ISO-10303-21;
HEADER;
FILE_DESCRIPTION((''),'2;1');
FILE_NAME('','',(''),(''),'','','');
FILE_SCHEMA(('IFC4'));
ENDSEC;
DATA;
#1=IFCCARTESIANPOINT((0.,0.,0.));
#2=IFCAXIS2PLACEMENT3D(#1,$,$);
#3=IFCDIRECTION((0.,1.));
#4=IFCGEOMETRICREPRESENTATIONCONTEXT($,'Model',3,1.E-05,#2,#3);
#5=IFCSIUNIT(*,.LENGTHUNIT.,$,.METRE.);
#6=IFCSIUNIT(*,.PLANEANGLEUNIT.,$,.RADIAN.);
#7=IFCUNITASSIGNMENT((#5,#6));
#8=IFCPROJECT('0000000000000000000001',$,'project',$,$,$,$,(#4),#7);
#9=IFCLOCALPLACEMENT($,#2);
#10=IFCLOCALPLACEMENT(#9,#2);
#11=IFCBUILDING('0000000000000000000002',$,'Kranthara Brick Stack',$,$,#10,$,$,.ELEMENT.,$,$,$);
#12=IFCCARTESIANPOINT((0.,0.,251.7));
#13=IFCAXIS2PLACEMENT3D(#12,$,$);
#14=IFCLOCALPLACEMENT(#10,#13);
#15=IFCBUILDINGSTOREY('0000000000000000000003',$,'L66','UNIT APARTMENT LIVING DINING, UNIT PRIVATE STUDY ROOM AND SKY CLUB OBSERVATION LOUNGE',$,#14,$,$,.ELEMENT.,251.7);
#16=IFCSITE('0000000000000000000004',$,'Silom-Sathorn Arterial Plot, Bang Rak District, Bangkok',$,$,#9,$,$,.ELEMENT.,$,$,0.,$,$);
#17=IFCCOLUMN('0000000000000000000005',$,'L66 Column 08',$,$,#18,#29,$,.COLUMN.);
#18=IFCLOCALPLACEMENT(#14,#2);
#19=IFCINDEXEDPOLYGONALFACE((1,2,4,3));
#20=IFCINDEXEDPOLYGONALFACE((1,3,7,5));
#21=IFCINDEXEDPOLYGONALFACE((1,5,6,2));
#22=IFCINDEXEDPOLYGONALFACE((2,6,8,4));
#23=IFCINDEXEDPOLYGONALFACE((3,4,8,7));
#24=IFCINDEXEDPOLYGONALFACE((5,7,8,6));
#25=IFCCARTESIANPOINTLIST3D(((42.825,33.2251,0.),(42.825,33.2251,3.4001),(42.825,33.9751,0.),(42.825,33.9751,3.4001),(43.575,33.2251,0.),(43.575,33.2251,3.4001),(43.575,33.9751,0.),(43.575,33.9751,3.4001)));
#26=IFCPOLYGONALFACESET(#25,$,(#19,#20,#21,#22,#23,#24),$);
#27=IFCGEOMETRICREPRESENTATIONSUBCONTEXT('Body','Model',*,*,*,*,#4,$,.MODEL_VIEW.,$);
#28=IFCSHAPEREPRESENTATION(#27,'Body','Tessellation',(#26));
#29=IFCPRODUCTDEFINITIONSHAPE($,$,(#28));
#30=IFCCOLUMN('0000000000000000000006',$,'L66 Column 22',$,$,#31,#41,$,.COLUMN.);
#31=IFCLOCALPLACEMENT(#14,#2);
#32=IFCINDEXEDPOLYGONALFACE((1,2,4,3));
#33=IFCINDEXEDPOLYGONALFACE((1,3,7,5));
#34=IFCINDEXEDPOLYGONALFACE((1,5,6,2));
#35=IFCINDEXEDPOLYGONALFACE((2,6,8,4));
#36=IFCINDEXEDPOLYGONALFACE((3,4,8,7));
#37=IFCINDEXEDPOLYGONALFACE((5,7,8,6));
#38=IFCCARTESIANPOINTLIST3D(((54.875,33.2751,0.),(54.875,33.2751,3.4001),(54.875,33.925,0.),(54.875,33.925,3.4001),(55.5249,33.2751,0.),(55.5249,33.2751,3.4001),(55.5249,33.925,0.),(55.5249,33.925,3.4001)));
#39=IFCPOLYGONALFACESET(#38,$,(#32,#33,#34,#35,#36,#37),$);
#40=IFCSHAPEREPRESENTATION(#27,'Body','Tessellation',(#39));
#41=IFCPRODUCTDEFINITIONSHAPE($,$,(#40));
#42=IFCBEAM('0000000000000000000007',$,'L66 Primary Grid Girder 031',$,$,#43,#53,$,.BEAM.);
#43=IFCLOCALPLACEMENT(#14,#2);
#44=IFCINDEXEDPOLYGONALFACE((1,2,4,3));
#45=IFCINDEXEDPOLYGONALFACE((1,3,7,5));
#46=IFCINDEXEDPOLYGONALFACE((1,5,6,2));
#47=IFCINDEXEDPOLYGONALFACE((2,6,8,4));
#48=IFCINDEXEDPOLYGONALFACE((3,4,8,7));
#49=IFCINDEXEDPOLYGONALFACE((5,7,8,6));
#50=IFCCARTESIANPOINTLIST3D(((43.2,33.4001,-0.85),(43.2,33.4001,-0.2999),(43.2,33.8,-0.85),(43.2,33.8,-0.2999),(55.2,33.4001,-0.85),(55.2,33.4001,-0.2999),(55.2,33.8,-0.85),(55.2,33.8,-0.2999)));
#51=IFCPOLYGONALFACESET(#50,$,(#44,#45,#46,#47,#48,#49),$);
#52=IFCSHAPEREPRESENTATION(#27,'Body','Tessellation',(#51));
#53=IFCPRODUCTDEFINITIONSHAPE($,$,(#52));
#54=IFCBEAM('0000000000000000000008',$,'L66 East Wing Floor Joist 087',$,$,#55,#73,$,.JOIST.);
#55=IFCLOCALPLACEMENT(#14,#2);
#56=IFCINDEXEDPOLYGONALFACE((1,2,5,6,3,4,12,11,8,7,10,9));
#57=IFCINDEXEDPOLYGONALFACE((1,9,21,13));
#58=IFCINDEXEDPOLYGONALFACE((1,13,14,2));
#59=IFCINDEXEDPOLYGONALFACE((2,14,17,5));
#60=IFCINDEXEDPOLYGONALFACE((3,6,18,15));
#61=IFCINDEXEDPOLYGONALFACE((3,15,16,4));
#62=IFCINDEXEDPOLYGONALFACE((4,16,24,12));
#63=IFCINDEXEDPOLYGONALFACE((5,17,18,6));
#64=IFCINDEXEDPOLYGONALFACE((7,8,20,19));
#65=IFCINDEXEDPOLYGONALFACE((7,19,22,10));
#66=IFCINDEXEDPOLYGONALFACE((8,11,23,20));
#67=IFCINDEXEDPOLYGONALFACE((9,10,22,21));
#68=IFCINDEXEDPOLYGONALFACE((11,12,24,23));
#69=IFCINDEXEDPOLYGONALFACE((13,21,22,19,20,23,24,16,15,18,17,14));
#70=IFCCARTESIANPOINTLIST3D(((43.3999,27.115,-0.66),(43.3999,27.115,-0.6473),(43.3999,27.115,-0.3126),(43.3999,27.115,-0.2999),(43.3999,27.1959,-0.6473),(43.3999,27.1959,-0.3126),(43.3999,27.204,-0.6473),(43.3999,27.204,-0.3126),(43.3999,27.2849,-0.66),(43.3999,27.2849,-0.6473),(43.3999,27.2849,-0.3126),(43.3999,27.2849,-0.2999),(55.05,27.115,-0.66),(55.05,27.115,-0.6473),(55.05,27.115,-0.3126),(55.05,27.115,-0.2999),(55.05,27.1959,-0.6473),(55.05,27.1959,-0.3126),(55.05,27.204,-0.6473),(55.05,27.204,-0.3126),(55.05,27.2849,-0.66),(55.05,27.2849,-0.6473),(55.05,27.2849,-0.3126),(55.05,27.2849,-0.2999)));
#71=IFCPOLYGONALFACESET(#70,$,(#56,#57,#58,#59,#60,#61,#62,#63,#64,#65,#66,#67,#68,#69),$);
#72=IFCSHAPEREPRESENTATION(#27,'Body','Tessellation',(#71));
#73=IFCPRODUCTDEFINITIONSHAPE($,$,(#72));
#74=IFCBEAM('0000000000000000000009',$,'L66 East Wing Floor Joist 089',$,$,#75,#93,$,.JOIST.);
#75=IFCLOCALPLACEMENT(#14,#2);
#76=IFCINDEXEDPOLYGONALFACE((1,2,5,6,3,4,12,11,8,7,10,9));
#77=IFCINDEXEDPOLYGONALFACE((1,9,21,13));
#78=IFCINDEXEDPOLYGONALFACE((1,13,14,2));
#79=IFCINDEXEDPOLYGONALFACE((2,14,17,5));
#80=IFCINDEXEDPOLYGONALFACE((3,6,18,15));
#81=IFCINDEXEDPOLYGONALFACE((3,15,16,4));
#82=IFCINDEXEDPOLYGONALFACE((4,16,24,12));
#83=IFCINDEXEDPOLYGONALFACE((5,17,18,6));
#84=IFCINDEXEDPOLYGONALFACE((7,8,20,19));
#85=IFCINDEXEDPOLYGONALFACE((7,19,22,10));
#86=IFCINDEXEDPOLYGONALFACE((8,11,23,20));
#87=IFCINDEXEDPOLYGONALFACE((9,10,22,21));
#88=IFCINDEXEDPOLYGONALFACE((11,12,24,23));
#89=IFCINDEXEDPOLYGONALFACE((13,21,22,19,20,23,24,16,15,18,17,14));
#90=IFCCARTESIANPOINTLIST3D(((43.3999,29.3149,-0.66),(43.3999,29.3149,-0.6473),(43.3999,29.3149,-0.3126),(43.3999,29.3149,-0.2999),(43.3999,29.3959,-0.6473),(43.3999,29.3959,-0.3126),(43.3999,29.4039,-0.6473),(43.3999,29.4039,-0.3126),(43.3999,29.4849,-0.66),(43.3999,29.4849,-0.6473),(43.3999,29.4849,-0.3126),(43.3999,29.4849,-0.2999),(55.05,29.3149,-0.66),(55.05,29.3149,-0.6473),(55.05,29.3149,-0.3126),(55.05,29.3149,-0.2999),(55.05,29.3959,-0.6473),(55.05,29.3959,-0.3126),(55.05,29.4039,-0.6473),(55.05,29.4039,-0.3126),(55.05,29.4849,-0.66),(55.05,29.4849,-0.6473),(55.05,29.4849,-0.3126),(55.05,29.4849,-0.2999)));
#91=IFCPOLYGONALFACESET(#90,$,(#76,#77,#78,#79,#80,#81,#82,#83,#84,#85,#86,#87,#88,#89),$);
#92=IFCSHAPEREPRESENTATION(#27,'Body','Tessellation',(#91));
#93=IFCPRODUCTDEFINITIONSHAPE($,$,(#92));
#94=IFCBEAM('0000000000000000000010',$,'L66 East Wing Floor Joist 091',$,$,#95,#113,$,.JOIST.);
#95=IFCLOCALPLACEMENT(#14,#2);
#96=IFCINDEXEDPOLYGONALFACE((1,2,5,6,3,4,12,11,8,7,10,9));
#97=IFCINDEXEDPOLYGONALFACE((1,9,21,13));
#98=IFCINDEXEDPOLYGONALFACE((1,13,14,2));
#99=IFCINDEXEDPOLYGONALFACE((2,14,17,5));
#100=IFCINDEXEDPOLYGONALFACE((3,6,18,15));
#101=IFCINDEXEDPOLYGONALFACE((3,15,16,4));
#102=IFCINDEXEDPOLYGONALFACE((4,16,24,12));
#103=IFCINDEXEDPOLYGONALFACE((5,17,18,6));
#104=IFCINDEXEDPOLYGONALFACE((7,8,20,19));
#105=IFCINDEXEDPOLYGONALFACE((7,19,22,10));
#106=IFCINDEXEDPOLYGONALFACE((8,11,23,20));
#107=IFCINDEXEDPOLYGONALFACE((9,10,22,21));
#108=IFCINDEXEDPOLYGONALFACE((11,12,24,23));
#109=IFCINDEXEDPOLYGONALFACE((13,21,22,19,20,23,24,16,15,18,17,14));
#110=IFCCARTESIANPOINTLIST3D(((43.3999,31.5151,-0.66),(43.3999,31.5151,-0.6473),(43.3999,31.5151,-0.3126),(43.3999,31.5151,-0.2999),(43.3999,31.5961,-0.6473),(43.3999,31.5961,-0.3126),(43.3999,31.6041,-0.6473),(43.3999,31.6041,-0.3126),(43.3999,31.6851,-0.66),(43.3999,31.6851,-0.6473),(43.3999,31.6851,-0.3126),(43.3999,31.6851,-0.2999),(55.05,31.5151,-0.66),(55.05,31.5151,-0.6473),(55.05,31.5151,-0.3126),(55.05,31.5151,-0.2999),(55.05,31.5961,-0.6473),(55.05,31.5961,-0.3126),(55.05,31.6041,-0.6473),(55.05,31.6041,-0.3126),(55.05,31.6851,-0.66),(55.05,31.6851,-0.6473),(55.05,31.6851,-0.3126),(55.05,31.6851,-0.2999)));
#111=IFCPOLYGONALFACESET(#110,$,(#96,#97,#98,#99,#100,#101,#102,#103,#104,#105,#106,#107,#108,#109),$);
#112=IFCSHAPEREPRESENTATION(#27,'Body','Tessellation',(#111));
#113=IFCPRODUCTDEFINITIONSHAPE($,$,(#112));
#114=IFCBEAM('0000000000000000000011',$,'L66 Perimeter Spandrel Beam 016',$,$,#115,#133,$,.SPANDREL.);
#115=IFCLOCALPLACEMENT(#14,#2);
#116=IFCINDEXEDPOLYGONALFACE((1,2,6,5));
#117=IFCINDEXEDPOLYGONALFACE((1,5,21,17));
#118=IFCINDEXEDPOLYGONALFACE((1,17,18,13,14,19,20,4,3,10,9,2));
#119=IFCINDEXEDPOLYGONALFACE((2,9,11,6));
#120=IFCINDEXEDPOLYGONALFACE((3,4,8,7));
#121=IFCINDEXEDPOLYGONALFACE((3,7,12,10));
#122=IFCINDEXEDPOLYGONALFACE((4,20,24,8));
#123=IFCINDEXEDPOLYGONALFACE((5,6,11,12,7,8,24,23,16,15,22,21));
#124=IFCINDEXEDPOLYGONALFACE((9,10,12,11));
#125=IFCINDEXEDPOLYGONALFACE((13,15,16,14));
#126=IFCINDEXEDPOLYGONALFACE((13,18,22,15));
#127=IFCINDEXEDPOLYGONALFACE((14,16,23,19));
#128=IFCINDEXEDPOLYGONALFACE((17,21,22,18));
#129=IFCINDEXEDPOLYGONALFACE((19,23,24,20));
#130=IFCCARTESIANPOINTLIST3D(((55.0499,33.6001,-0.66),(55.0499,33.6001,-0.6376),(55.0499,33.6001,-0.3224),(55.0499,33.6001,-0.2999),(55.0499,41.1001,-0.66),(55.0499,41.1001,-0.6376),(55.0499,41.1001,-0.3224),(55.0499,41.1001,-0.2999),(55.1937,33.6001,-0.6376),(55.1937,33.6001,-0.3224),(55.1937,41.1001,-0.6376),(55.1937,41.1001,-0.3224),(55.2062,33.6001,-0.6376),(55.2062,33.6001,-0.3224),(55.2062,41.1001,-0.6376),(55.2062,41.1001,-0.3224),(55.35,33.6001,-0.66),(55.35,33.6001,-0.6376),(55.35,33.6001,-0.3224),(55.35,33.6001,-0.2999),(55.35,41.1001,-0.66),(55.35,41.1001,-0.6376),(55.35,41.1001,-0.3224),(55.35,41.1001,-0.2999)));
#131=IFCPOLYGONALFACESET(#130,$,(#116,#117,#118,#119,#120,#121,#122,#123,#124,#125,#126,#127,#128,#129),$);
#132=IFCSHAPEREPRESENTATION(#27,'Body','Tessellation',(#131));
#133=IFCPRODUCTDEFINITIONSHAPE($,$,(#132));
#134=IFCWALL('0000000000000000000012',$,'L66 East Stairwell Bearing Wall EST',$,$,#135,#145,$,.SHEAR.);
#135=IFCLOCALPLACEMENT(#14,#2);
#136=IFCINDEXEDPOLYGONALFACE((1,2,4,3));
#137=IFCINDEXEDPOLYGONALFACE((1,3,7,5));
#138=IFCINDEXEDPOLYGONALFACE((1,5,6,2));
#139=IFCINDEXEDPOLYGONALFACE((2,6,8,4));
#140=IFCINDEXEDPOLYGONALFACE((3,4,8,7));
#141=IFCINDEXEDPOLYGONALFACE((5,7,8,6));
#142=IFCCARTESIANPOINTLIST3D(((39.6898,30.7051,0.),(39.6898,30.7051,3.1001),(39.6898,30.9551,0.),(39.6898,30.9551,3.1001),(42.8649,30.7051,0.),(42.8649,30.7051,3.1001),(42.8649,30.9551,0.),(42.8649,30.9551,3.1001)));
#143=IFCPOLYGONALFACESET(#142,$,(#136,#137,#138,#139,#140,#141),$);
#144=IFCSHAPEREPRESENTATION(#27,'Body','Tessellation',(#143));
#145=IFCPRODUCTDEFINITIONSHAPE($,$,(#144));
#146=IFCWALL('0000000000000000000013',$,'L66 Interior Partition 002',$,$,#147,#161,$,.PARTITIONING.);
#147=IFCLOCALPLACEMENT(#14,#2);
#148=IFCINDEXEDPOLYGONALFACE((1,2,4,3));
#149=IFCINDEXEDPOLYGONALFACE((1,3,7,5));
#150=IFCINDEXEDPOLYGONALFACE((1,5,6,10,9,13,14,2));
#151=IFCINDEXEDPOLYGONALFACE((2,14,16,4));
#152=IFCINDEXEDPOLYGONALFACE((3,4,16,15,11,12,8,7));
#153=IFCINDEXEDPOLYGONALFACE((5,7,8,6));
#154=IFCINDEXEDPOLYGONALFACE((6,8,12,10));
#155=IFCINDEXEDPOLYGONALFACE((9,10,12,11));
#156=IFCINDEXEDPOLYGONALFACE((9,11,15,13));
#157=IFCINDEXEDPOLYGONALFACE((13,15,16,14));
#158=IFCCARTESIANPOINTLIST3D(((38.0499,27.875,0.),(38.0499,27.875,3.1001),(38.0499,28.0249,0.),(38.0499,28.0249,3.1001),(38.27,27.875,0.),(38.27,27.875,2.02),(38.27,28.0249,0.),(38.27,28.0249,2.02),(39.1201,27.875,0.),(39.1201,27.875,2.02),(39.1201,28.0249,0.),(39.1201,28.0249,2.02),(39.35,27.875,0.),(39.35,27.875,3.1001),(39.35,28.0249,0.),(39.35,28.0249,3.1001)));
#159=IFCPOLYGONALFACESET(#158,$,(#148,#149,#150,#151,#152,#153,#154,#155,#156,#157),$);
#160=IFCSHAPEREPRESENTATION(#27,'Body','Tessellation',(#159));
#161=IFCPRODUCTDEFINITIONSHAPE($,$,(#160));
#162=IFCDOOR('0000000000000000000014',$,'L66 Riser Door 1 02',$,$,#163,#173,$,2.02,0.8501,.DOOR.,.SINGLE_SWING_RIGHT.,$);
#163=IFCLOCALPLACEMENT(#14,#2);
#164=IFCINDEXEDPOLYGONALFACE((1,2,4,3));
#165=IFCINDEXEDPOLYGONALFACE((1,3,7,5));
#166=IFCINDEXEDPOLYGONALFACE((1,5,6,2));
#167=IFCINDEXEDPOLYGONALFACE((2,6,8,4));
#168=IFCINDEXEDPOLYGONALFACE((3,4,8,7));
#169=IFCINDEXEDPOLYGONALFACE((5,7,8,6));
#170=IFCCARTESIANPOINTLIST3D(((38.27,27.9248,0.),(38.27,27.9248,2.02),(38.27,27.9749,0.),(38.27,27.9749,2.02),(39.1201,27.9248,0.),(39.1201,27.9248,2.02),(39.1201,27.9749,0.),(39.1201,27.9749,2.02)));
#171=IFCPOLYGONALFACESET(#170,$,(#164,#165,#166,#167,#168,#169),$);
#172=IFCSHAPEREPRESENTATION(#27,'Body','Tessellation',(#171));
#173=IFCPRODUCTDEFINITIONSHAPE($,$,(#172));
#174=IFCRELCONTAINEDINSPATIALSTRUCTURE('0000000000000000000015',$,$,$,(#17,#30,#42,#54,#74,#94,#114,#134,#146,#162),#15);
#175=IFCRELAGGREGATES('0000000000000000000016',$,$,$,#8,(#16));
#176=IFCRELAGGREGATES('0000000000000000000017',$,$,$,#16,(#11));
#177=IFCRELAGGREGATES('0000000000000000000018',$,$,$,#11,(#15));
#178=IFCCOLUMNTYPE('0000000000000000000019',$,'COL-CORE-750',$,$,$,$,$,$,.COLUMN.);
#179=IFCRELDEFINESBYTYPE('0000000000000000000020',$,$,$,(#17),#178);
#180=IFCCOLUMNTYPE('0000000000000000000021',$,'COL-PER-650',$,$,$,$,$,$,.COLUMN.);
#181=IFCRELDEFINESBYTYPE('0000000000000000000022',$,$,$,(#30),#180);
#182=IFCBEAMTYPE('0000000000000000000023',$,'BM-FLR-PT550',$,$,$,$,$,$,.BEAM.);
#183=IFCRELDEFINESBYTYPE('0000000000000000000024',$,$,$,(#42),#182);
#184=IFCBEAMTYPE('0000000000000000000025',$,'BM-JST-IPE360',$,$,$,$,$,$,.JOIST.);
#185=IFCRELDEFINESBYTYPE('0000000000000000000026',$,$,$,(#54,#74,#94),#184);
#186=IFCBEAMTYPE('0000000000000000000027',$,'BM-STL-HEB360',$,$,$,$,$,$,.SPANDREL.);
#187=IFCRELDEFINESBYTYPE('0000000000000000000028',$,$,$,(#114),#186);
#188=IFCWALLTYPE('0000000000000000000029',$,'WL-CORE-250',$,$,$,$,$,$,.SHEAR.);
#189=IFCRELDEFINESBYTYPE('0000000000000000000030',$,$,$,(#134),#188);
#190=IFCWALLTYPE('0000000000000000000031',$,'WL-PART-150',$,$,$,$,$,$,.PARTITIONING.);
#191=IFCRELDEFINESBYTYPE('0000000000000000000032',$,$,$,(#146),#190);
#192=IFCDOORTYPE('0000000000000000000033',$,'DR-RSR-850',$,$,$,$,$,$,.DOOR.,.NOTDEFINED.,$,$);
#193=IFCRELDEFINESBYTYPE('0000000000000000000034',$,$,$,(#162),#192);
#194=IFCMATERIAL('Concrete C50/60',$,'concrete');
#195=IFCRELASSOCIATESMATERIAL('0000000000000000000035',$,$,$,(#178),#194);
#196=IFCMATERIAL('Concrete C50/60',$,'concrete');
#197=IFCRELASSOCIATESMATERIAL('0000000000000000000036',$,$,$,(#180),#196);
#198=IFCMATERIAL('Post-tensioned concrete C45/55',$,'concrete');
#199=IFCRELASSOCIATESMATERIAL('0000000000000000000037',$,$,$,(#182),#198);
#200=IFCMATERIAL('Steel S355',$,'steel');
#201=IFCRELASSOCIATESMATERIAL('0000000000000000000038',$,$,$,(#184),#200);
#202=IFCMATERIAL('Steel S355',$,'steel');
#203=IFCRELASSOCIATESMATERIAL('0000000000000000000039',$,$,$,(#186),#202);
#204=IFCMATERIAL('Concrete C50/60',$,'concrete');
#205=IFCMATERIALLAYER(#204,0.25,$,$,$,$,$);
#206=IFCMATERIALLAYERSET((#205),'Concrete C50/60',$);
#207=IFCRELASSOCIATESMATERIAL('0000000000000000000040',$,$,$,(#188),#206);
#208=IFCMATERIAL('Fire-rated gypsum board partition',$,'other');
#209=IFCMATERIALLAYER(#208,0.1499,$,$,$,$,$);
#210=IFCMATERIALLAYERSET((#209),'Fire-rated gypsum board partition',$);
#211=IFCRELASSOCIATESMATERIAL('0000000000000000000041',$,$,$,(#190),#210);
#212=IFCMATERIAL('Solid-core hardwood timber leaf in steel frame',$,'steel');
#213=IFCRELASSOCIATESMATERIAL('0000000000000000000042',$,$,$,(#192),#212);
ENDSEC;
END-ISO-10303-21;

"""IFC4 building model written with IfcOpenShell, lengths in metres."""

from ifc_helpers import new_model, si_unit, direction, frame, frame_2d, origin, origin_2d, place, context, subcontext, project, spatial, rectangle, i_section, extrude, material, layer, layer_set, material_profile, profile_set, type_object, element, fill, save


model = new_model("IFC4")

# Units and contexts
model_context = context("Model", 3, precision=1e-05, world=origin(), true_north=direction((0.0, 1.0)))
body_context = subcontext(model_context, "Body", "Model", "MODEL_VIEW")
ifc_project = project(units=[si_unit("LENGTHUNIT", "METRE"), si_unit("PLANEANGLEUNIT", "RADIAN")], contexts=[model_context])

# Site, building, storey
site_placement = place(None, origin())
site = spatial("IfcSite", under=ifc_project, at=site_placement, Name="Silom-Sathorn Arterial Plot, Bang Rak District, Bangkok", CompositionType="ELEMENT", RefElevation=0.0)
building_placement = place(site_placement, origin())
building = spatial("IfcBuilding", under=site, at=building_placement, Name="Kranthara Brick Stack", CompositionType="ELEMENT")
storey_placement = place(building_placement, frame((0.0, 0.0, 251.7)))
storey = spatial("IfcBuildingStorey", under=building, at=storey_placement, Name="L66", Description="UNIT APARTMENT LIVING DINING, UNIT PRIVATE STUDY ROOM AND SKY CLUB OBSERVATION LOUNGE", CompositionType="ELEMENT", Elevation=251.7)

# Columns
ifc_material_1 = material(Name="Concrete C50/60", Category="concrete")
ifc_material_profile_1 = material_profile(ifc_material_1, rectangle(XDim=0.75, YDim=0.75, at=origin_2d()), Name="RC 750x750")
ifc_profile_set_1 = profile_set([ifc_material_profile_1], Name="Concrete C50/60")
column_type_1 = type_object("IfcColumnType", Name="COL-CORE-750", PredefinedType="COLUMN", material=ifc_profile_set_1)
column_1_placement = place(storey_placement, frame((43.2, 33.6001, 0.0), z_axis=(0.0, 0.0, 1.0), x_axis=(1.0, 0.0, 0.0)))
element("IfcColumn", 1, at=column_1_placement, inside=storey, type_object=column_type_1, Name="L66 Column 08", PredefinedType="COLUMN", context=body_context, shape_type="SweptSolid", body=[
    extrude(rectangle(XDim=0.75, YDim=0.75, at=origin_2d()), origin(), (0.0, 0.0, 1.0), 3.4001),
])
ifc_material_2 = material(Name="Concrete C50/60", Category="concrete")
ifc_material_profile_2 = material_profile(ifc_material_2, rectangle(XDim=0.6499, YDim=0.6499, at=origin_2d()), Name="RC 650x650")
ifc_profile_set_2 = profile_set([ifc_material_profile_2], Name="Concrete C50/60")
column_type_2 = type_object("IfcColumnType", Name="COL-PER-650", PredefinedType="COLUMN", material=ifc_profile_set_2)
column_2_placement = place(storey_placement, frame((55.2, 33.6001, 0.0), z_axis=(0.0, 0.0, 1.0), x_axis=(1.0, 0.0, 0.0)))
element("IfcColumn", 2, at=column_2_placement, inside=storey, type_object=column_type_2, Name="L66 Column 22", PredefinedType="COLUMN", context=body_context, shape_type="SweptSolid", body=[
    extrude(rectangle(XDim=0.6499, YDim=0.6499, at=origin_2d()), origin(), (0.0, 0.0, 1.0), 3.4001),
])

# Beams
ifc_material_3 = material(Name="Post-tensioned concrete C45/55", Category="concrete")
ifc_material_profile_3 = material_profile(ifc_material_3, rectangle(XDim=0.3999, YDim=0.55, at=origin_2d()), Name="PT 400x550")
ifc_profile_set_3 = profile_set([ifc_material_profile_3], Name="Post-tensioned concrete C45/55")
beam_type_1 = type_object("IfcBeamType", Name="BM-FLR-PT550", PredefinedType="BEAM", material=ifc_profile_set_3)
beam_1_placement = place(storey_placement, frame((43.2, 33.6001, -0.575), z_axis=(1.0, 0.0, 0.0), x_axis=(0.0, 1.0, 0.0)))
element("IfcBeam", 3, at=beam_1_placement, inside=storey, type_object=beam_type_1, Name="L66 Primary Grid Girder 031", PredefinedType="BEAM", context=body_context, shape_type="SweptSolid", body=[
    extrude(rectangle(XDim=0.3999, YDim=0.55, at=origin_2d()), origin(), (0.0, 0.0, 1.0), 12.0),
])
ifc_material_4 = material(Name="Steel S355", Category="steel")
ifc_material_profile_4 = material_profile(ifc_material_4, i_section(OverallWidth=0.1699, OverallDepth=0.3601, WebThickness=0.0081, FlangeThickness=0.0127, at=origin_2d()), Name="IPE 360")
ifc_profile_set_4 = profile_set([ifc_material_profile_4], Name="Steel S355")
beam_type_2 = type_object("IfcBeamType", Name="BM-JST-IPE360", PredefinedType="JOIST", material=ifc_profile_set_4)
for number, where, z_axis, x_axis, name in (
    (4, (43.3999, 27.2, -0.48), (1.0, 0.0, 0.0), (0.0, 1.0, 0.0), "L66 East Wing Floor Joist 087"),
    (5, (43.3999, 29.3999, -0.48), (1.0, 0.0, 0.0), (0.0, 1.0, 0.0), "L66 East Wing Floor Joist 089"),
    (6, (43.3999, 31.6001, -0.48), (1.0, 0.0, 0.0), (0.0, 1.0, 0.0), "L66 East Wing Floor Joist 091"),
):
    element("IfcBeam", number, at=place(storey_placement, frame(where, z_axis=z_axis, x_axis=x_axis)), inside=storey, type_object=beam_type_2, Name=name, PredefinedType="JOIST", context=body_context, shape_type="SweptSolid", body=[
        extrude(i_section(OverallWidth=0.1699, OverallDepth=0.3601, WebThickness=0.0081, FlangeThickness=0.0127, at=origin_2d()), origin(), (0.0, 0.0, 1.0), 11.6501),
    ])
ifc_material_5 = material(Name="Steel S355", Category="steel")
ifc_material_profile_5 = material_profile(ifc_material_5, i_section(OverallWidth=0.3, OverallDepth=0.3601, WebThickness=0.0125, FlangeThickness=0.0225, at=origin_2d()), Name="HEB 360")
ifc_profile_set_5 = profile_set([ifc_material_profile_5], Name="Steel S355")
beam_type_3 = type_object("IfcBeamType", Name="BM-STL-HEB360", PredefinedType="SPANDREL", material=ifc_profile_set_5)
beam_2_placement = place(storey_placement, frame((55.2, 33.6001, -0.48), z_axis=(0.0, 1.0, 0.0), x_axis=(-1.0, 0.0, 0.0)))
element("IfcBeam", 7, at=beam_2_placement, inside=storey, type_object=beam_type_3, Name="L66 Perimeter Spandrel Beam 016", PredefinedType="SPANDREL", context=body_context, shape_type="SweptSolid", body=[
    extrude(i_section(OverallWidth=0.3, OverallDepth=0.3601, WebThickness=0.0125, FlangeThickness=0.0225, at=origin_2d()), origin(), (0.0, 0.0, 1.0), 7.5),
])

# Wall
ifc_material_6 = material(Name="Concrete C50/60", Category="concrete")
ifc_layer_1 = layer(ifc_material_6, 0.25)
ifc_layer_set_1 = layer_set([ifc_layer_1], Name="Concrete C50/60")
wall_type_1 = type_object("IfcWallType", Name="WL-CORE-250", PredefinedType="SHEAR", material=ifc_layer_set_1)
wall_1_placement = place(storey_placement, frame((39.6899, 30.8301, 0.0), z_axis=(0.0, 0.0, 1.0), x_axis=(1.0, 0.0, 0.0)))
element("IfcWall", 8, at=wall_1_placement, inside=storey, type_object=wall_type_1, Name="L66 East Stairwell Bearing Wall EST", PredefinedType="SHEAR", context=body_context, shape_type="SweptSolid", body=[
    extrude(rectangle(XDim=3.175, YDim=0.25, at=frame_2d((1.5874, 0.0))), origin(), (0.0, 0.0, 1.0), 3.1001),
])

# Wall, opening, door
ifc_material_7 = material(Name="Fire-rated gypsum board partition", Category="other")
ifc_layer_2 = layer(ifc_material_7, 0.1499)
ifc_layer_set_2 = layer_set([ifc_layer_2], Name="Fire-rated gypsum board partition")
wall_type_2 = type_object("IfcWallType", Name="WL-PART-150", PredefinedType="PARTITIONING", material=ifc_layer_set_2)
wall_2_placement = place(storey_placement, frame((38.05, 27.95, 0.0), z_axis=(0.0, 0.0, 1.0), x_axis=(1.0, 0.0, 0.0)))
wall_2 = element("IfcWall", 9, at=wall_2_placement, inside=storey, type_object=wall_type_2, Name="L66 Interior Partition 002", PredefinedType="PARTITIONING", context=body_context, shape_type="SweptSolid", body=[
    extrude(rectangle(XDim=1.3, YDim=0.1499, at=frame_2d((0.6499, 0.0))), origin(), (0.0, 0.0, 1.0), 3.1001),
])
opening_1_placement = place(wall_2_placement, frame((0.22, 0.0, 0.0)))
opening_1 = element("IfcOpeningElement", 10, at=opening_1_placement, cuts=wall_2, PredefinedType="OPENING", context=body_context, shape_type="SweptSolid", body=[
    extrude(rectangle(XDim=0.8501, YDim=2.02, at=frame_2d((0.425, 1.01))), frame((0.0, 0.085, 0.0), z_axis=(0.0, -1.0, 0.0), x_axis=(1.0, 0.0, 0.0)), (0.0, 0.0, 1.0), 0.1699),
])
ifc_material_8 = material(Name="Solid-core hardwood timber leaf in steel frame", Category="steel")
door_type = type_object("IfcDoorType", Name="DR-RSR-850", OperationType="NOTDEFINED", PredefinedType="DOOR", material=ifc_material_8)
door_1_placement = place(opening_1_placement, origin())
door_1 = element("IfcDoor", 11, at=door_1_placement, inside=storey, type_object=door_type, Name="L66 Riser Door 1 02", OperationType="SINGLE_SWING_RIGHT", OverallHeight=2.02, OverallWidth=0.8501, PredefinedType="DOOR", context=body_context, shape_type="SweptSolid", body=[
    extrude(rectangle(XDim=0.8501, YDim=2.02, at=frame_2d((0.425, 1.01))), frame((0.0, 0.0249, 0.0), z_axis=(0.0, -1.0, 0.0), x_axis=(1.0, 0.0, 0.0)), (0.0, 0.0, 1.0), 0.05),
])
fill(opening_1, door_1)

save(model, "model.ifc")
